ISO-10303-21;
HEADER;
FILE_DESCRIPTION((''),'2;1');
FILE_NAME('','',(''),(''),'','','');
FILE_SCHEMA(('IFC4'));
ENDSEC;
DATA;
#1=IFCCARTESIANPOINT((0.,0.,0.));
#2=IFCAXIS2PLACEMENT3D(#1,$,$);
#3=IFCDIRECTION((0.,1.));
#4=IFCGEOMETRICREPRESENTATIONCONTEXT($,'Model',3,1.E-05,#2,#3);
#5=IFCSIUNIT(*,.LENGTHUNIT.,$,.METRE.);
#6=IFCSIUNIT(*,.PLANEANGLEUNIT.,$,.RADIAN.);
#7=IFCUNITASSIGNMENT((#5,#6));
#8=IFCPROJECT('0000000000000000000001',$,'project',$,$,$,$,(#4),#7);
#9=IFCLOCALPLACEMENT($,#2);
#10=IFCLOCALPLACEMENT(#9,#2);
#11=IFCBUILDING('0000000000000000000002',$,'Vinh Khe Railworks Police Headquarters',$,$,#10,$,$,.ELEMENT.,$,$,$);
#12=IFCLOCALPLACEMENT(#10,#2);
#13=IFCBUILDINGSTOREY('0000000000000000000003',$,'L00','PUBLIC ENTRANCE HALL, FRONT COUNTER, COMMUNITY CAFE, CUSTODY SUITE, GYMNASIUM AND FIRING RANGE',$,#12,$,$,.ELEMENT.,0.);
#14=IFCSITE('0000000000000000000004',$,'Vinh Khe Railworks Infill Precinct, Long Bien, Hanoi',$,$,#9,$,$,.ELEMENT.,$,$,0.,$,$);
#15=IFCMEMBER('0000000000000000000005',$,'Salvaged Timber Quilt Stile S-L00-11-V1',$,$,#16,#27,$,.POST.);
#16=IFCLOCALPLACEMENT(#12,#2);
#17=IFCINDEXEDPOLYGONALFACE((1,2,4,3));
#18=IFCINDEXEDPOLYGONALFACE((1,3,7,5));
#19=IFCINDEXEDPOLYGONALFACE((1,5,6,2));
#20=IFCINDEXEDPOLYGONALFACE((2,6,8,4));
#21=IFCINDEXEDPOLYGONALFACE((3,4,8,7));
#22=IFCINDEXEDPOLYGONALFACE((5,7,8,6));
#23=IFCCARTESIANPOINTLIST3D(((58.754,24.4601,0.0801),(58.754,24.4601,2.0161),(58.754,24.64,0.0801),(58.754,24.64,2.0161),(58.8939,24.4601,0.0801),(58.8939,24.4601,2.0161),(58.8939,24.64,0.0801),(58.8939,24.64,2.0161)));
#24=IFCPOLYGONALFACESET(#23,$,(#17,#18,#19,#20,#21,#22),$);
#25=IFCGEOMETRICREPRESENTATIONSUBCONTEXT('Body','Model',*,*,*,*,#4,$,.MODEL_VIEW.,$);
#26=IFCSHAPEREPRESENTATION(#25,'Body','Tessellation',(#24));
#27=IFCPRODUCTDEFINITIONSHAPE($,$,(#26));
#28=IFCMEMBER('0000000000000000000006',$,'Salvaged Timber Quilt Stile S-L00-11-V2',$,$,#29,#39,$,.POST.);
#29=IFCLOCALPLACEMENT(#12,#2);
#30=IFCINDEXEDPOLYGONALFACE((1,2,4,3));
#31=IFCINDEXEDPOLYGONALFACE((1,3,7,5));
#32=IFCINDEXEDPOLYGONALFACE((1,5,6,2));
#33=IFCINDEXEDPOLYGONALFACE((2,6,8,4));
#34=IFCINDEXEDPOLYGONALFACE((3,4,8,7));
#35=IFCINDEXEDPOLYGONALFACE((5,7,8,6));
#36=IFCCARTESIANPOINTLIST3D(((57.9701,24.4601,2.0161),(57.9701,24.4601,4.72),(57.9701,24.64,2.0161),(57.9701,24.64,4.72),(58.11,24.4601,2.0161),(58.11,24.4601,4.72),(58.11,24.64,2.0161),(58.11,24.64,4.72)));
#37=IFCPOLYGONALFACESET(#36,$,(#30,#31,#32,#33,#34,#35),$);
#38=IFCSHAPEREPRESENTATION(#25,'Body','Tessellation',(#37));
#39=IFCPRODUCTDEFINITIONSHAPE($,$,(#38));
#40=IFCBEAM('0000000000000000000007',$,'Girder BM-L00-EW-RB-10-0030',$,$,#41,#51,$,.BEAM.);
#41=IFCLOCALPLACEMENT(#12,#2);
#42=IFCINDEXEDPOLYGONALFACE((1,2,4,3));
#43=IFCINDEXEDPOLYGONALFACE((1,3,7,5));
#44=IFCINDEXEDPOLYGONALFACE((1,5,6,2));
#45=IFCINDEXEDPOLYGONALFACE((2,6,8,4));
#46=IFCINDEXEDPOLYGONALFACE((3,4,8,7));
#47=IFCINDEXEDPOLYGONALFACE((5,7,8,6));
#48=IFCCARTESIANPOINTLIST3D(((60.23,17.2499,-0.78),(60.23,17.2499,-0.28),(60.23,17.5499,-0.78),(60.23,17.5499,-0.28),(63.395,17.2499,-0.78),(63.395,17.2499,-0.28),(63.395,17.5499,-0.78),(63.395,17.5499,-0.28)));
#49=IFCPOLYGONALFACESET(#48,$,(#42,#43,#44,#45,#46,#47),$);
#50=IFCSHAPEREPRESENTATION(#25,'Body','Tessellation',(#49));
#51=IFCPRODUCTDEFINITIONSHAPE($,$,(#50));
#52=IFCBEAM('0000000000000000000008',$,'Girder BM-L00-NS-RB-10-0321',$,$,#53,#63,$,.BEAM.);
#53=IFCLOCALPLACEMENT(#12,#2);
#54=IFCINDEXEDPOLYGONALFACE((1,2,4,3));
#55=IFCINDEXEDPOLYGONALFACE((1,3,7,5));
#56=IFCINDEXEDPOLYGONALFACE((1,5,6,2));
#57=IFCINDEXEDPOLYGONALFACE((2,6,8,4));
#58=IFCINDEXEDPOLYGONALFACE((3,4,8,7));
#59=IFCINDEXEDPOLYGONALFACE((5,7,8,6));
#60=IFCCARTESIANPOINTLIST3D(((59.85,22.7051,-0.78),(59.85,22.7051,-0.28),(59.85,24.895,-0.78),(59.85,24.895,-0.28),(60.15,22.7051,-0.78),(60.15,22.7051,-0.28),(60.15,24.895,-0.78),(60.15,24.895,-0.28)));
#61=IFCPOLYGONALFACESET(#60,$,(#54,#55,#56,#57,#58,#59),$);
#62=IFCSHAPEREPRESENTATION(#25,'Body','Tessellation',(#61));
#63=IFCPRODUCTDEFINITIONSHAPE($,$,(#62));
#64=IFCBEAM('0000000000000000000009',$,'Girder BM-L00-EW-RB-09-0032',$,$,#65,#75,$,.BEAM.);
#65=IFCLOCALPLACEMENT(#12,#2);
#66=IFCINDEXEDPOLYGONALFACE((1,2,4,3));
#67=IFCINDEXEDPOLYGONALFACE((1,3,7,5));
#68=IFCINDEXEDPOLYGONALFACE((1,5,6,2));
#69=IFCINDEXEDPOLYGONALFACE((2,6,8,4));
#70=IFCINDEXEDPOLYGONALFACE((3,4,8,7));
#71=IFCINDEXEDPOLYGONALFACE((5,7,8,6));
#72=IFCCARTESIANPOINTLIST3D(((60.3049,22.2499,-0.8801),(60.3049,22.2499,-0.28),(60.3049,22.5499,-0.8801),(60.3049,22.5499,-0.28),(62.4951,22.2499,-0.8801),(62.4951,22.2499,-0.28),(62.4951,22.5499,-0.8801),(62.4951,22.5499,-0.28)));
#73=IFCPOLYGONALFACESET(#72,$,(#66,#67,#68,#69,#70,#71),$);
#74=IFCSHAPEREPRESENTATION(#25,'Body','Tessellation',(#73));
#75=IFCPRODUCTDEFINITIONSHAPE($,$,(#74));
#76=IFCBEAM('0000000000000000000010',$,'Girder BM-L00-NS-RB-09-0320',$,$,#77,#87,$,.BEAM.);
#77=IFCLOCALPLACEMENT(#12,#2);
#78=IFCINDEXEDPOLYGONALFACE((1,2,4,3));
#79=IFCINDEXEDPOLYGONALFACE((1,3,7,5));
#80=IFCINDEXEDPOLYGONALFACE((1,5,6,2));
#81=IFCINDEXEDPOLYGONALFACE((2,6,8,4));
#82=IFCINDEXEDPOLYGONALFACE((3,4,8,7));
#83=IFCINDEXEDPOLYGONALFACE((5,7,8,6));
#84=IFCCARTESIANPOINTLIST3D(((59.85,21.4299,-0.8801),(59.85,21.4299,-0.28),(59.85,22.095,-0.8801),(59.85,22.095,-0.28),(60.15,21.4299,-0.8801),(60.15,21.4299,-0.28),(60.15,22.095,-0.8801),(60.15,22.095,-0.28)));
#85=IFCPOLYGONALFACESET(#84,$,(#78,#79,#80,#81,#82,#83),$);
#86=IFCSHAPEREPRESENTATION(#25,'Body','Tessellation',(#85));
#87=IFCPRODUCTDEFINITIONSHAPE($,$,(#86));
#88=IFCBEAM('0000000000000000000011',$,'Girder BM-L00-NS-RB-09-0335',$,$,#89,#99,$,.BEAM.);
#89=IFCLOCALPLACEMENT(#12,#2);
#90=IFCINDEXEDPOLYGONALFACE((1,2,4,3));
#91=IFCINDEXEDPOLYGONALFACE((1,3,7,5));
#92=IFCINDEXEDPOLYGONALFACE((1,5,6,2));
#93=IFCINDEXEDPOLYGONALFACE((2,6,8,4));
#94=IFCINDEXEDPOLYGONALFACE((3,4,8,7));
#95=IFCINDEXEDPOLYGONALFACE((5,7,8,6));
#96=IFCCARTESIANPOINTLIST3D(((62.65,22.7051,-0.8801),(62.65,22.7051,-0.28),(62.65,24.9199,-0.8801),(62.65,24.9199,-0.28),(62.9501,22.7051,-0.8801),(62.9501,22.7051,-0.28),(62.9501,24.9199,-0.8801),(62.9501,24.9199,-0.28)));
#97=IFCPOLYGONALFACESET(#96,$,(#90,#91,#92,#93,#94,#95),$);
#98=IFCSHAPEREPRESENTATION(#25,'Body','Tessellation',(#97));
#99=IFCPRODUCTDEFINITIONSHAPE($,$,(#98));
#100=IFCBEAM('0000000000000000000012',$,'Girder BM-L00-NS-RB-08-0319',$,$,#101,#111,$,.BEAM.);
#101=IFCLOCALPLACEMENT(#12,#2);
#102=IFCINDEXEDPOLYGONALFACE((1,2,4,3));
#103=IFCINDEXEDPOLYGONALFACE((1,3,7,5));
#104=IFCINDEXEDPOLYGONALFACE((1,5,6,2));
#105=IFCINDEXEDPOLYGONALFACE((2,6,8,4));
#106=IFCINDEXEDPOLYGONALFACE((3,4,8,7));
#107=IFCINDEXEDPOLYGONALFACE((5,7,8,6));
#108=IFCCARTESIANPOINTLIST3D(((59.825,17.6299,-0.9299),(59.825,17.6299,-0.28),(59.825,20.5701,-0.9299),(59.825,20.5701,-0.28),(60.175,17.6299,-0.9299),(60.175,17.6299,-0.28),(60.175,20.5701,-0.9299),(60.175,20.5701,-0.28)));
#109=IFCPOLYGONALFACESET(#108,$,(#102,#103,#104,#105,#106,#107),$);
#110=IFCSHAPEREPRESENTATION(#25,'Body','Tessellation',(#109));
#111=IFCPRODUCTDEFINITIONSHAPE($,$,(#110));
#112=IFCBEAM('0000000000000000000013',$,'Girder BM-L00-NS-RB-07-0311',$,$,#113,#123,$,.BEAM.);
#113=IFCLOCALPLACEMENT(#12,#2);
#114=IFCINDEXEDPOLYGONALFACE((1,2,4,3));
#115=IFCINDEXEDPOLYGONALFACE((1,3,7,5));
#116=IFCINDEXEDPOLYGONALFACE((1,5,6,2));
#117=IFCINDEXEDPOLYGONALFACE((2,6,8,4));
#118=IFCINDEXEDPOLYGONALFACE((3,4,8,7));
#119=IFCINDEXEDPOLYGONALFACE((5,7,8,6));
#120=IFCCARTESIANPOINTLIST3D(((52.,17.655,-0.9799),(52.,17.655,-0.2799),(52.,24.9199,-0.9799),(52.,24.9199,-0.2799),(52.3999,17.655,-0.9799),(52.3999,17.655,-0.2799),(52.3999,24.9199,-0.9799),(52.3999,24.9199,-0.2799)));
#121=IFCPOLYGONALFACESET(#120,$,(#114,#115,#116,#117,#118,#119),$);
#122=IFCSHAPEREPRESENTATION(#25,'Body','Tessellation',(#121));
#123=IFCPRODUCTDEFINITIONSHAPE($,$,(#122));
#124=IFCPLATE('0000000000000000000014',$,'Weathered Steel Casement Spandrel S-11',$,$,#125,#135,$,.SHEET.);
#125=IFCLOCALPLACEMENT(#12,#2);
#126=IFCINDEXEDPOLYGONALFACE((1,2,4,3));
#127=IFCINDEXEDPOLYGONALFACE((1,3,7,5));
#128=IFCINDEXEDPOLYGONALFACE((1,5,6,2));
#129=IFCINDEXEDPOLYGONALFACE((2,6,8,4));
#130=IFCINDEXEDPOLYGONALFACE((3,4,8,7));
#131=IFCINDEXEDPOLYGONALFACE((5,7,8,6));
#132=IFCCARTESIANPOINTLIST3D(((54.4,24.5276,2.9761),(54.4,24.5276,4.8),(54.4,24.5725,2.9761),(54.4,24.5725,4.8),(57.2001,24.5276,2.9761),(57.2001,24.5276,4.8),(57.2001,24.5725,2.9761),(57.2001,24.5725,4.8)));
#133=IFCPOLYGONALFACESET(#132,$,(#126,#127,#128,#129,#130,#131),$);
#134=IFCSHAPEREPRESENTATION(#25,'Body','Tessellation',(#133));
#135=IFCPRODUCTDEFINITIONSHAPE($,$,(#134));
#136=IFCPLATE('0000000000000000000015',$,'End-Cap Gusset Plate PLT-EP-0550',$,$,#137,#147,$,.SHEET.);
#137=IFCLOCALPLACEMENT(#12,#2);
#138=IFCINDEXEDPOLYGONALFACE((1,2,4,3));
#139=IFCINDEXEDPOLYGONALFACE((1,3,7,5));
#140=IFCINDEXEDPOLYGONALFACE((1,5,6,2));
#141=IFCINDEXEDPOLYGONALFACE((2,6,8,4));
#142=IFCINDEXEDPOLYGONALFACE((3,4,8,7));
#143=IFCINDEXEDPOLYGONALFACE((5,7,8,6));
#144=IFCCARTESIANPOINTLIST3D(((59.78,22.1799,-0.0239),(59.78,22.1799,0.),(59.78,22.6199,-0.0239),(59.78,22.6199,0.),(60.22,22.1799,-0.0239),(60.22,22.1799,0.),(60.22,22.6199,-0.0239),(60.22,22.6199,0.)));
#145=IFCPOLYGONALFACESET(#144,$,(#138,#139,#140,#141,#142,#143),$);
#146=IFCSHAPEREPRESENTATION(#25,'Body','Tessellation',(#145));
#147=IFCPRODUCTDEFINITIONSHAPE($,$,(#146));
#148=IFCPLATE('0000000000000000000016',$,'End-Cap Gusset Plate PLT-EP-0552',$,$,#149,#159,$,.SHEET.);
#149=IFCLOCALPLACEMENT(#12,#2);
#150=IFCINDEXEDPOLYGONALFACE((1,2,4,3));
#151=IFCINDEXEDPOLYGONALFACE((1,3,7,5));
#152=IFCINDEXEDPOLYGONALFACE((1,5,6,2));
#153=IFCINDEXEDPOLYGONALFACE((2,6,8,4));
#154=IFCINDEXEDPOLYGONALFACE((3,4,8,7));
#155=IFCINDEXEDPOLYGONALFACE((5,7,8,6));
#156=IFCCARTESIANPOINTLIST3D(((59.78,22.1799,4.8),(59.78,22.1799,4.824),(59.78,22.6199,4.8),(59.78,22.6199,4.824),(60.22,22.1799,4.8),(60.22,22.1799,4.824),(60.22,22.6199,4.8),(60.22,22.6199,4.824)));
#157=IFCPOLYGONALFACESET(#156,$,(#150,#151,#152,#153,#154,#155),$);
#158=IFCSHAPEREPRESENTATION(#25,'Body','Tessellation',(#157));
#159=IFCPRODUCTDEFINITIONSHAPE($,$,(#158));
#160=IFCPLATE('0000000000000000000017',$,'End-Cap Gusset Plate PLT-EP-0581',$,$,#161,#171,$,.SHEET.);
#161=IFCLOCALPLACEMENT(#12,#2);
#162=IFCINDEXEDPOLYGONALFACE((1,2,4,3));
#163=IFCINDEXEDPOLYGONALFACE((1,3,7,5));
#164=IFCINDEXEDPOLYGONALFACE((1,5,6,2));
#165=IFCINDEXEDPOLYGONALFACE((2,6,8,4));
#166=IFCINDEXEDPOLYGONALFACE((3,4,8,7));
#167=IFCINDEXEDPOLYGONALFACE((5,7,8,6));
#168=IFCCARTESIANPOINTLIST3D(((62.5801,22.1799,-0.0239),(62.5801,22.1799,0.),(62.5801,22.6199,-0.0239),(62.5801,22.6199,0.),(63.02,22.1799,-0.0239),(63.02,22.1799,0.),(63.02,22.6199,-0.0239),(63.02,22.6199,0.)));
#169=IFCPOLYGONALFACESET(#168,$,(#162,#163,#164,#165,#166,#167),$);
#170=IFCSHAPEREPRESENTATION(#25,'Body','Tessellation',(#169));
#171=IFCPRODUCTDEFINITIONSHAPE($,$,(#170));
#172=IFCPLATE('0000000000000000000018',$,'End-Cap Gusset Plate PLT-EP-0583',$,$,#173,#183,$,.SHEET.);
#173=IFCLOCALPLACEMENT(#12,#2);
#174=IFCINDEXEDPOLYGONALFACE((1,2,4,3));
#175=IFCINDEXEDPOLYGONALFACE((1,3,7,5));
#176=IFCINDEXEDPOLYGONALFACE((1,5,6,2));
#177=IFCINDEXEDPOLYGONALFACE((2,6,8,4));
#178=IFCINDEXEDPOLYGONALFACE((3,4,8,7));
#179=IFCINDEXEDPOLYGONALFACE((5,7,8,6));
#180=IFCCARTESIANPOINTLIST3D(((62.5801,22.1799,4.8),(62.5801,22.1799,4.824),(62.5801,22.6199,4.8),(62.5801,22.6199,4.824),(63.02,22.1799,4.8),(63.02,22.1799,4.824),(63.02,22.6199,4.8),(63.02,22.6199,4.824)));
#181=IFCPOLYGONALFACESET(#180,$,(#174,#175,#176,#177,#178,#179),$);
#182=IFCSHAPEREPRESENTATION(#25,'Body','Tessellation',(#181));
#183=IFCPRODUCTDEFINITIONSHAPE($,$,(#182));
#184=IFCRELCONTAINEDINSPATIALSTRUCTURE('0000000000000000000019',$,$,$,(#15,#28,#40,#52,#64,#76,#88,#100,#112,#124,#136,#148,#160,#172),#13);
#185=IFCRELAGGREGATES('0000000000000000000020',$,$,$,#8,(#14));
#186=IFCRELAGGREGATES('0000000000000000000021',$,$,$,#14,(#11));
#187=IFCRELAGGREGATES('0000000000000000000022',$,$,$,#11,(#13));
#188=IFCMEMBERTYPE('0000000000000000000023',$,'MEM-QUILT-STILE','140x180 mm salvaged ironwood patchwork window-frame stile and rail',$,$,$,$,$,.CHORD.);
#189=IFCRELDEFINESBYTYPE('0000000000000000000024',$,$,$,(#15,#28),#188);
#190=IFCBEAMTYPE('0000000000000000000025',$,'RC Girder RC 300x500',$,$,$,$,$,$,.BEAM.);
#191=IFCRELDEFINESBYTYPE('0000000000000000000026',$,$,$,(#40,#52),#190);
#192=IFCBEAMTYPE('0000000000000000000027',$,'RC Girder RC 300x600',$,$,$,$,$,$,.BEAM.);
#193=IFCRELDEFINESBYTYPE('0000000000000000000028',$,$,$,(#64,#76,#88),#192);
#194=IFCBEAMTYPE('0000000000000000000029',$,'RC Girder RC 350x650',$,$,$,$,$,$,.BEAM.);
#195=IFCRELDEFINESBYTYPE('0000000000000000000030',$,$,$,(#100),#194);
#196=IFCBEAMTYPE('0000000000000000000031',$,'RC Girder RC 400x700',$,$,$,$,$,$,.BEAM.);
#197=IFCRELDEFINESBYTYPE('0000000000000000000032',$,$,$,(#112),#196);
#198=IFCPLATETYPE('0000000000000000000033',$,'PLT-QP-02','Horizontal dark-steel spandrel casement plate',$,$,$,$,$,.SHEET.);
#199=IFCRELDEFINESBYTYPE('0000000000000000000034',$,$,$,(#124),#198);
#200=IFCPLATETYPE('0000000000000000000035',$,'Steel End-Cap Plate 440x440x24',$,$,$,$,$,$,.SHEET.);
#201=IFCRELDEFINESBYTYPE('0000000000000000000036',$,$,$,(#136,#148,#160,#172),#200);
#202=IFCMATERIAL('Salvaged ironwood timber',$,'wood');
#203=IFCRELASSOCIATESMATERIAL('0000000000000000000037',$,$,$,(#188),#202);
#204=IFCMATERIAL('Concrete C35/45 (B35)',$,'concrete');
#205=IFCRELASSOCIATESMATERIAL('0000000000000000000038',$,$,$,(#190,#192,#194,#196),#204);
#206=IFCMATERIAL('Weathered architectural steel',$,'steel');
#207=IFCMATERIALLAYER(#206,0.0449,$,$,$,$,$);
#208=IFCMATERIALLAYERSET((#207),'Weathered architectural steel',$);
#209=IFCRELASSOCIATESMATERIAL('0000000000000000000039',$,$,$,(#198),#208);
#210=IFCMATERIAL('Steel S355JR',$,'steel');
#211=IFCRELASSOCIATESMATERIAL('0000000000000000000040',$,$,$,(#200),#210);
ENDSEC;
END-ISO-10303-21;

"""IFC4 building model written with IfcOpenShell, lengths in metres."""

from ifc_helpers import new_model, si_unit, direction, frame, origin, origin_2d, place, context, subcontext, project, spatial, rectangle, extrude, material, layer, layer_set, material_profile, profile_set, type_object, element, save


model = new_model("IFC4")

# Units and contexts
model_context = context("Model", 3, precision=1e-05, world=origin(), true_north=direction((0.0, 1.0)))
body_context = subcontext(model_context, "Body", "Model", "MODEL_VIEW")
ifc_project = project(units=[si_unit("LENGTHUNIT", "METRE"), si_unit("PLANEANGLEUNIT", "RADIAN")], contexts=[model_context])

# Site, building, storey
site_placement = place(None, origin())
site = spatial("IfcSite", under=ifc_project, at=site_placement, Name="Vinh Khe Railworks Infill Precinct, Long Bien, Hanoi", CompositionType="ELEMENT", RefElevation=0.0)
building_placement = place(site_placement, origin())
building = spatial("IfcBuilding", under=site, at=building_placement, Name="Vinh Khe Railworks Police Headquarters", CompositionType="ELEMENT")
storey_placement = place(building_placement, origin())
storey = spatial("IfcBuildingStorey", under=building, at=storey_placement, Name="L00", Description="PUBLIC ENTRANCE HALL, FRONT COUNTER, COMMUNITY CAFE, CUSTODY SUITE, GYMNASIUM AND FIRING RANGE", CompositionType="ELEMENT", Elevation=0.0)

# Shared definitions
ifc_material_1 = material(Name="Steel S355JR", Category="steel")

# Members
ifc_material_2 = material(Name="Salvaged ironwood timber", Category="wood")
ifc_material_profile_1 = material_profile(ifc_material_2, rectangle(XDim=0.1399, YDim=0.1799, at=origin_2d()), Name="TIMBER 140x180")
ifc_profile_set_1 = profile_set([ifc_material_profile_1], Name="Salvaged ironwood timber")
member_type = type_object("IfcMemberType", Name="MEM-QUILT-STILE", Description="140x180 mm salvaged ironwood patchwork window-frame stile and rail", PredefinedType="CHORD", material=ifc_profile_set_1)
member_1_placement = place(storey_placement, frame((58.824, 24.55, 0.0801), z_axis=(0.0, 0.0, 1.0), x_axis=(1.0, 0.0, 0.0)))
element("IfcMember", 1, at=member_1_placement, inside=storey, type_object=member_type, Name="Salvaged Timber Quilt Stile S-L00-11-V1", PredefinedType="POST", context=body_context, shape_type="SweptSolid", body=[
    extrude(rectangle(XDim=0.1399, YDim=0.1799, at=origin_2d()), origin(), (0.0, 0.0, 1.0), 1.936),
])
member_2_placement = place(storey_placement, frame((58.04, 24.55, 2.0161), z_axis=(0.0, 0.0, 1.0), x_axis=(1.0, 0.0, 0.0)))
element("IfcMember", 2, at=member_2_placement, inside=storey, type_object=member_type, Name="Salvaged Timber Quilt Stile S-L00-11-V2", PredefinedType="POST", context=body_context, shape_type="SweptSolid", body=[
    extrude(rectangle(XDim=0.1399, YDim=0.1799, at=origin_2d()), origin(), (0.0, 0.0, 1.0), 2.7039),
])

# Beams
ifc_material_3 = material(Name="Concrete C35/45 (B35)", Category="concrete")
ifc_material_profile_2 = material_profile(ifc_material_3, rectangle(XDim=0.3, YDim=0.5, at=origin_2d()), Name="RC 300x500")
ifc_profile_set_2 = profile_set([ifc_material_profile_2], Name="Concrete C35/45 (B35)")
beam_type_1 = type_object("IfcBeamType", Name="RC Girder RC 300x500", PredefinedType="BEAM", material=ifc_profile_set_2)
beam_1_placement = place(storey_placement, frame((60.23, 17.3999, -0.53), z_axis=(1.0, 0.0, 0.0), x_axis=(0.0, 1.0, 0.0)))
element("IfcBeam", 3, at=beam_1_placement, inside=storey, type_object=beam_type_1, Name="Girder BM-L00-EW-RB-10-0030", PredefinedType="BEAM", context=body_context, shape_type="SweptSolid", body=[
    extrude(rectangle(XDim=0.3, YDim=0.5, at=origin_2d()), origin(), (0.0, 0.0, 1.0), 3.165),
])
beam_2_placement = place(storey_placement, frame((60.0, 22.7051, -0.53), z_axis=(0.0, 1.0, 0.0), x_axis=(-1.0, 0.0, 0.0)))
element("IfcBeam", 4, at=beam_2_placement, inside=storey, type_object=beam_type_1, Name="Girder BM-L00-NS-RB-10-0321", PredefinedType="BEAM", context=body_context, shape_type="SweptSolid", body=[
    extrude(rectangle(XDim=0.3, YDim=0.5, at=origin_2d()), origin(), (0.0, 0.0, 1.0), 2.1899),
])
ifc_material_profile_3 = material_profile(ifc_material_3, rectangle(XDim=0.3, YDim=0.6001, at=origin_2d()), Name="RC 300x600")
ifc_profile_set_3 = profile_set([ifc_material_profile_3], Name="Concrete C35/45 (B35)")
beam_type_2 = type_object("IfcBeamType", Name="RC Girder RC 300x600", PredefinedType="BEAM", material=ifc_profile_set_3)
beam_3_placement = place(storey_placement, frame((60.3049, 22.3999, -0.5801), z_axis=(1.0, 0.0, 0.0), x_axis=(0.0, 1.0, 0.0)))
element("IfcBeam", 5, at=beam_3_placement, inside=storey, type_object=beam_type_2, Name="Girder BM-L00-EW-RB-09-0032", PredefinedType="BEAM", context=body_context, shape_type="SweptSolid", body=[
    extrude(rectangle(XDim=0.3, YDim=0.6001, at=origin_2d()), origin(), (0.0, 0.0, 1.0), 2.1902),
])
beam_4_placement = place(storey_placement, frame((60.0, 21.4299, -0.5801), z_axis=(0.0, 1.0, 0.0), x_axis=(-1.0, 0.0, 0.0)))
element("IfcBeam", 6, at=beam_4_placement, inside=storey, type_object=beam_type_2, Name="Girder BM-L00-NS-RB-09-0320", PredefinedType="BEAM", context=body_context, shape_type="SweptSolid", body=[
    extrude(rectangle(XDim=0.3, YDim=0.6001, at=origin_2d()), origin(), (0.0, 0.0, 1.0), 0.665),
])
beam_5_placement = place(storey_placement, frame((62.8, 22.7051, -0.5801), z_axis=(0.0, 1.0, 0.0), x_axis=(-1.0, 0.0, 0.0)))
element("IfcBeam", 7, at=beam_5_placement, inside=storey, type_object=beam_type_2, Name="Girder BM-L00-NS-RB-09-0335", PredefinedType="BEAM", context=body_context, shape_type="SweptSolid", body=[
    extrude(rectangle(XDim=0.3, YDim=0.6001, at=origin_2d()), origin(), (0.0, 0.0, 1.0), 2.2148),
])
ifc_material_profile_4 = material_profile(ifc_material_3, rectangle(XDim=0.3501, YDim=0.6499, at=origin_2d()), Name="RC 350x650")
ifc_profile_set_4 = profile_set([ifc_material_profile_4], Name="Concrete C35/45 (B35)")
beam_type_3 = type_object("IfcBeamType", Name="RC Girder RC 350x650", PredefinedType="BEAM", material=ifc_profile_set_4)
beam_6_placement = place(storey_placement, frame((60.0, 17.6299, -0.605), z_axis=(0.0, 1.0, 0.0), x_axis=(-1.0, 0.0, 0.0)))
element("IfcBeam", 8, at=beam_6_placement, inside=storey, type_object=beam_type_3, Name="Girder BM-L00-NS-RB-08-0319", PredefinedType="BEAM", context=body_context, shape_type="SweptSolid", body=[
    extrude(rectangle(XDim=0.3501, YDim=0.6499, at=origin_2d()), origin(), (0.0, 0.0, 1.0), 2.9402),
])
ifc_material_profile_5 = material_profile(ifc_material_3, rectangle(XDim=0.3999, YDim=0.7, at=origin_2d()), Name="RC 400x700")
ifc_profile_set_5 = profile_set([ifc_material_profile_5], Name="Concrete C35/45 (B35)")
beam_type_4 = type_object("IfcBeamType", Name="RC Girder RC 400x700", PredefinedType="BEAM", material=ifc_profile_set_5)
beam_7_placement = place(storey_placement, frame((52.2, 17.655, -0.6299), z_axis=(0.0, 1.0, 0.0), x_axis=(-1.0, 0.0, 0.0)))
element("IfcBeam", 9, at=beam_7_placement, inside=storey, type_object=beam_type_4, Name="Girder BM-L00-NS-RB-07-0311", PredefinedType="BEAM", context=body_context, shape_type="SweptSolid", body=[
    extrude(rectangle(XDim=0.3999, YDim=0.7, at=origin_2d()), origin(), (0.0, 0.0, 1.0), 7.2649),
])

# Plates
ifc_material_4 = material(Name="Weathered architectural steel", Category="steel")
ifc_layer_1 = layer(ifc_material_4, 0.0449)
ifc_layer_set_1 = layer_set([ifc_layer_1], Name="Weathered architectural steel")
plate_type_1 = type_object("IfcPlateType", Name="PLT-QP-02", Description="Horizontal dark-steel spandrel casement plate", PredefinedType="SHEET", material=ifc_layer_set_1)
plate_placement = place(storey_placement, frame((55.8, 24.55, 2.9761), z_axis=(0.0, 0.0, 1.0), x_axis=(1.0, 0.0, 0.0)))
element("IfcPlate", 10, at=plate_placement, inside=storey, type_object=plate_type_1, Name="Weathered Steel Casement Spandrel S-11", PredefinedType="SHEET", context=body_context, shape_type="SweptSolid", body=[
    extrude(rectangle(XDim=2.8, YDim=0.0449, at=origin_2d()), origin(), (0.0, 0.0, 1.0), 1.824),
])
ifc_material_profile_6 = material_profile(ifc_material_1, rectangle(XDim=0.4399, YDim=0.4399, at=origin_2d()), Name="PL 440x440")
ifc_profile_set_6 = profile_set([ifc_material_profile_6], Name="Steel S355JR")
plate_type_2 = type_object("IfcPlateType", Name="Steel End-Cap Plate 440x440x24", PredefinedType="SHEET", material=ifc_profile_set_6)
for number, where, z_axis, x_axis, name in (
    (11, (60.0, 22.3999, 0.0), (0.0, 0.0, -1.0), (1.0, 0.0, 0.0), "End-Cap Gusset Plate PLT-EP-0550"),
    (12, (60.0, 22.3999, 4.8), (0.0, 0.0, 1.0), (1.0, 0.0, 0.0), "End-Cap Gusset Plate PLT-EP-0552"),
    (13, (62.8, 22.3999, 0.0), (0.0, 0.0, -1.0), (1.0, 0.0, 0.0), "End-Cap Gusset Plate PLT-EP-0581"),
    (14, (62.8, 22.3999, 4.8), (0.0, 0.0, 1.0), (1.0, 0.0, 0.0), "End-Cap Gusset Plate PLT-EP-0583"),
):
    element("IfcPlate", number, at=place(storey_placement, frame(where, z_axis=z_axis, x_axis=x_axis)), inside=storey, type_object=plate_type_2, Name=name, PredefinedType="SHEET", context=body_context, shape_type="SweptSolid", body=[
        extrude(rectangle(XDim=0.4399, YDim=0.4399, at=origin_2d()), origin(), (0.0, 0.0, 1.0), 0.0239),
    ])

save(model, "model.ifc")
